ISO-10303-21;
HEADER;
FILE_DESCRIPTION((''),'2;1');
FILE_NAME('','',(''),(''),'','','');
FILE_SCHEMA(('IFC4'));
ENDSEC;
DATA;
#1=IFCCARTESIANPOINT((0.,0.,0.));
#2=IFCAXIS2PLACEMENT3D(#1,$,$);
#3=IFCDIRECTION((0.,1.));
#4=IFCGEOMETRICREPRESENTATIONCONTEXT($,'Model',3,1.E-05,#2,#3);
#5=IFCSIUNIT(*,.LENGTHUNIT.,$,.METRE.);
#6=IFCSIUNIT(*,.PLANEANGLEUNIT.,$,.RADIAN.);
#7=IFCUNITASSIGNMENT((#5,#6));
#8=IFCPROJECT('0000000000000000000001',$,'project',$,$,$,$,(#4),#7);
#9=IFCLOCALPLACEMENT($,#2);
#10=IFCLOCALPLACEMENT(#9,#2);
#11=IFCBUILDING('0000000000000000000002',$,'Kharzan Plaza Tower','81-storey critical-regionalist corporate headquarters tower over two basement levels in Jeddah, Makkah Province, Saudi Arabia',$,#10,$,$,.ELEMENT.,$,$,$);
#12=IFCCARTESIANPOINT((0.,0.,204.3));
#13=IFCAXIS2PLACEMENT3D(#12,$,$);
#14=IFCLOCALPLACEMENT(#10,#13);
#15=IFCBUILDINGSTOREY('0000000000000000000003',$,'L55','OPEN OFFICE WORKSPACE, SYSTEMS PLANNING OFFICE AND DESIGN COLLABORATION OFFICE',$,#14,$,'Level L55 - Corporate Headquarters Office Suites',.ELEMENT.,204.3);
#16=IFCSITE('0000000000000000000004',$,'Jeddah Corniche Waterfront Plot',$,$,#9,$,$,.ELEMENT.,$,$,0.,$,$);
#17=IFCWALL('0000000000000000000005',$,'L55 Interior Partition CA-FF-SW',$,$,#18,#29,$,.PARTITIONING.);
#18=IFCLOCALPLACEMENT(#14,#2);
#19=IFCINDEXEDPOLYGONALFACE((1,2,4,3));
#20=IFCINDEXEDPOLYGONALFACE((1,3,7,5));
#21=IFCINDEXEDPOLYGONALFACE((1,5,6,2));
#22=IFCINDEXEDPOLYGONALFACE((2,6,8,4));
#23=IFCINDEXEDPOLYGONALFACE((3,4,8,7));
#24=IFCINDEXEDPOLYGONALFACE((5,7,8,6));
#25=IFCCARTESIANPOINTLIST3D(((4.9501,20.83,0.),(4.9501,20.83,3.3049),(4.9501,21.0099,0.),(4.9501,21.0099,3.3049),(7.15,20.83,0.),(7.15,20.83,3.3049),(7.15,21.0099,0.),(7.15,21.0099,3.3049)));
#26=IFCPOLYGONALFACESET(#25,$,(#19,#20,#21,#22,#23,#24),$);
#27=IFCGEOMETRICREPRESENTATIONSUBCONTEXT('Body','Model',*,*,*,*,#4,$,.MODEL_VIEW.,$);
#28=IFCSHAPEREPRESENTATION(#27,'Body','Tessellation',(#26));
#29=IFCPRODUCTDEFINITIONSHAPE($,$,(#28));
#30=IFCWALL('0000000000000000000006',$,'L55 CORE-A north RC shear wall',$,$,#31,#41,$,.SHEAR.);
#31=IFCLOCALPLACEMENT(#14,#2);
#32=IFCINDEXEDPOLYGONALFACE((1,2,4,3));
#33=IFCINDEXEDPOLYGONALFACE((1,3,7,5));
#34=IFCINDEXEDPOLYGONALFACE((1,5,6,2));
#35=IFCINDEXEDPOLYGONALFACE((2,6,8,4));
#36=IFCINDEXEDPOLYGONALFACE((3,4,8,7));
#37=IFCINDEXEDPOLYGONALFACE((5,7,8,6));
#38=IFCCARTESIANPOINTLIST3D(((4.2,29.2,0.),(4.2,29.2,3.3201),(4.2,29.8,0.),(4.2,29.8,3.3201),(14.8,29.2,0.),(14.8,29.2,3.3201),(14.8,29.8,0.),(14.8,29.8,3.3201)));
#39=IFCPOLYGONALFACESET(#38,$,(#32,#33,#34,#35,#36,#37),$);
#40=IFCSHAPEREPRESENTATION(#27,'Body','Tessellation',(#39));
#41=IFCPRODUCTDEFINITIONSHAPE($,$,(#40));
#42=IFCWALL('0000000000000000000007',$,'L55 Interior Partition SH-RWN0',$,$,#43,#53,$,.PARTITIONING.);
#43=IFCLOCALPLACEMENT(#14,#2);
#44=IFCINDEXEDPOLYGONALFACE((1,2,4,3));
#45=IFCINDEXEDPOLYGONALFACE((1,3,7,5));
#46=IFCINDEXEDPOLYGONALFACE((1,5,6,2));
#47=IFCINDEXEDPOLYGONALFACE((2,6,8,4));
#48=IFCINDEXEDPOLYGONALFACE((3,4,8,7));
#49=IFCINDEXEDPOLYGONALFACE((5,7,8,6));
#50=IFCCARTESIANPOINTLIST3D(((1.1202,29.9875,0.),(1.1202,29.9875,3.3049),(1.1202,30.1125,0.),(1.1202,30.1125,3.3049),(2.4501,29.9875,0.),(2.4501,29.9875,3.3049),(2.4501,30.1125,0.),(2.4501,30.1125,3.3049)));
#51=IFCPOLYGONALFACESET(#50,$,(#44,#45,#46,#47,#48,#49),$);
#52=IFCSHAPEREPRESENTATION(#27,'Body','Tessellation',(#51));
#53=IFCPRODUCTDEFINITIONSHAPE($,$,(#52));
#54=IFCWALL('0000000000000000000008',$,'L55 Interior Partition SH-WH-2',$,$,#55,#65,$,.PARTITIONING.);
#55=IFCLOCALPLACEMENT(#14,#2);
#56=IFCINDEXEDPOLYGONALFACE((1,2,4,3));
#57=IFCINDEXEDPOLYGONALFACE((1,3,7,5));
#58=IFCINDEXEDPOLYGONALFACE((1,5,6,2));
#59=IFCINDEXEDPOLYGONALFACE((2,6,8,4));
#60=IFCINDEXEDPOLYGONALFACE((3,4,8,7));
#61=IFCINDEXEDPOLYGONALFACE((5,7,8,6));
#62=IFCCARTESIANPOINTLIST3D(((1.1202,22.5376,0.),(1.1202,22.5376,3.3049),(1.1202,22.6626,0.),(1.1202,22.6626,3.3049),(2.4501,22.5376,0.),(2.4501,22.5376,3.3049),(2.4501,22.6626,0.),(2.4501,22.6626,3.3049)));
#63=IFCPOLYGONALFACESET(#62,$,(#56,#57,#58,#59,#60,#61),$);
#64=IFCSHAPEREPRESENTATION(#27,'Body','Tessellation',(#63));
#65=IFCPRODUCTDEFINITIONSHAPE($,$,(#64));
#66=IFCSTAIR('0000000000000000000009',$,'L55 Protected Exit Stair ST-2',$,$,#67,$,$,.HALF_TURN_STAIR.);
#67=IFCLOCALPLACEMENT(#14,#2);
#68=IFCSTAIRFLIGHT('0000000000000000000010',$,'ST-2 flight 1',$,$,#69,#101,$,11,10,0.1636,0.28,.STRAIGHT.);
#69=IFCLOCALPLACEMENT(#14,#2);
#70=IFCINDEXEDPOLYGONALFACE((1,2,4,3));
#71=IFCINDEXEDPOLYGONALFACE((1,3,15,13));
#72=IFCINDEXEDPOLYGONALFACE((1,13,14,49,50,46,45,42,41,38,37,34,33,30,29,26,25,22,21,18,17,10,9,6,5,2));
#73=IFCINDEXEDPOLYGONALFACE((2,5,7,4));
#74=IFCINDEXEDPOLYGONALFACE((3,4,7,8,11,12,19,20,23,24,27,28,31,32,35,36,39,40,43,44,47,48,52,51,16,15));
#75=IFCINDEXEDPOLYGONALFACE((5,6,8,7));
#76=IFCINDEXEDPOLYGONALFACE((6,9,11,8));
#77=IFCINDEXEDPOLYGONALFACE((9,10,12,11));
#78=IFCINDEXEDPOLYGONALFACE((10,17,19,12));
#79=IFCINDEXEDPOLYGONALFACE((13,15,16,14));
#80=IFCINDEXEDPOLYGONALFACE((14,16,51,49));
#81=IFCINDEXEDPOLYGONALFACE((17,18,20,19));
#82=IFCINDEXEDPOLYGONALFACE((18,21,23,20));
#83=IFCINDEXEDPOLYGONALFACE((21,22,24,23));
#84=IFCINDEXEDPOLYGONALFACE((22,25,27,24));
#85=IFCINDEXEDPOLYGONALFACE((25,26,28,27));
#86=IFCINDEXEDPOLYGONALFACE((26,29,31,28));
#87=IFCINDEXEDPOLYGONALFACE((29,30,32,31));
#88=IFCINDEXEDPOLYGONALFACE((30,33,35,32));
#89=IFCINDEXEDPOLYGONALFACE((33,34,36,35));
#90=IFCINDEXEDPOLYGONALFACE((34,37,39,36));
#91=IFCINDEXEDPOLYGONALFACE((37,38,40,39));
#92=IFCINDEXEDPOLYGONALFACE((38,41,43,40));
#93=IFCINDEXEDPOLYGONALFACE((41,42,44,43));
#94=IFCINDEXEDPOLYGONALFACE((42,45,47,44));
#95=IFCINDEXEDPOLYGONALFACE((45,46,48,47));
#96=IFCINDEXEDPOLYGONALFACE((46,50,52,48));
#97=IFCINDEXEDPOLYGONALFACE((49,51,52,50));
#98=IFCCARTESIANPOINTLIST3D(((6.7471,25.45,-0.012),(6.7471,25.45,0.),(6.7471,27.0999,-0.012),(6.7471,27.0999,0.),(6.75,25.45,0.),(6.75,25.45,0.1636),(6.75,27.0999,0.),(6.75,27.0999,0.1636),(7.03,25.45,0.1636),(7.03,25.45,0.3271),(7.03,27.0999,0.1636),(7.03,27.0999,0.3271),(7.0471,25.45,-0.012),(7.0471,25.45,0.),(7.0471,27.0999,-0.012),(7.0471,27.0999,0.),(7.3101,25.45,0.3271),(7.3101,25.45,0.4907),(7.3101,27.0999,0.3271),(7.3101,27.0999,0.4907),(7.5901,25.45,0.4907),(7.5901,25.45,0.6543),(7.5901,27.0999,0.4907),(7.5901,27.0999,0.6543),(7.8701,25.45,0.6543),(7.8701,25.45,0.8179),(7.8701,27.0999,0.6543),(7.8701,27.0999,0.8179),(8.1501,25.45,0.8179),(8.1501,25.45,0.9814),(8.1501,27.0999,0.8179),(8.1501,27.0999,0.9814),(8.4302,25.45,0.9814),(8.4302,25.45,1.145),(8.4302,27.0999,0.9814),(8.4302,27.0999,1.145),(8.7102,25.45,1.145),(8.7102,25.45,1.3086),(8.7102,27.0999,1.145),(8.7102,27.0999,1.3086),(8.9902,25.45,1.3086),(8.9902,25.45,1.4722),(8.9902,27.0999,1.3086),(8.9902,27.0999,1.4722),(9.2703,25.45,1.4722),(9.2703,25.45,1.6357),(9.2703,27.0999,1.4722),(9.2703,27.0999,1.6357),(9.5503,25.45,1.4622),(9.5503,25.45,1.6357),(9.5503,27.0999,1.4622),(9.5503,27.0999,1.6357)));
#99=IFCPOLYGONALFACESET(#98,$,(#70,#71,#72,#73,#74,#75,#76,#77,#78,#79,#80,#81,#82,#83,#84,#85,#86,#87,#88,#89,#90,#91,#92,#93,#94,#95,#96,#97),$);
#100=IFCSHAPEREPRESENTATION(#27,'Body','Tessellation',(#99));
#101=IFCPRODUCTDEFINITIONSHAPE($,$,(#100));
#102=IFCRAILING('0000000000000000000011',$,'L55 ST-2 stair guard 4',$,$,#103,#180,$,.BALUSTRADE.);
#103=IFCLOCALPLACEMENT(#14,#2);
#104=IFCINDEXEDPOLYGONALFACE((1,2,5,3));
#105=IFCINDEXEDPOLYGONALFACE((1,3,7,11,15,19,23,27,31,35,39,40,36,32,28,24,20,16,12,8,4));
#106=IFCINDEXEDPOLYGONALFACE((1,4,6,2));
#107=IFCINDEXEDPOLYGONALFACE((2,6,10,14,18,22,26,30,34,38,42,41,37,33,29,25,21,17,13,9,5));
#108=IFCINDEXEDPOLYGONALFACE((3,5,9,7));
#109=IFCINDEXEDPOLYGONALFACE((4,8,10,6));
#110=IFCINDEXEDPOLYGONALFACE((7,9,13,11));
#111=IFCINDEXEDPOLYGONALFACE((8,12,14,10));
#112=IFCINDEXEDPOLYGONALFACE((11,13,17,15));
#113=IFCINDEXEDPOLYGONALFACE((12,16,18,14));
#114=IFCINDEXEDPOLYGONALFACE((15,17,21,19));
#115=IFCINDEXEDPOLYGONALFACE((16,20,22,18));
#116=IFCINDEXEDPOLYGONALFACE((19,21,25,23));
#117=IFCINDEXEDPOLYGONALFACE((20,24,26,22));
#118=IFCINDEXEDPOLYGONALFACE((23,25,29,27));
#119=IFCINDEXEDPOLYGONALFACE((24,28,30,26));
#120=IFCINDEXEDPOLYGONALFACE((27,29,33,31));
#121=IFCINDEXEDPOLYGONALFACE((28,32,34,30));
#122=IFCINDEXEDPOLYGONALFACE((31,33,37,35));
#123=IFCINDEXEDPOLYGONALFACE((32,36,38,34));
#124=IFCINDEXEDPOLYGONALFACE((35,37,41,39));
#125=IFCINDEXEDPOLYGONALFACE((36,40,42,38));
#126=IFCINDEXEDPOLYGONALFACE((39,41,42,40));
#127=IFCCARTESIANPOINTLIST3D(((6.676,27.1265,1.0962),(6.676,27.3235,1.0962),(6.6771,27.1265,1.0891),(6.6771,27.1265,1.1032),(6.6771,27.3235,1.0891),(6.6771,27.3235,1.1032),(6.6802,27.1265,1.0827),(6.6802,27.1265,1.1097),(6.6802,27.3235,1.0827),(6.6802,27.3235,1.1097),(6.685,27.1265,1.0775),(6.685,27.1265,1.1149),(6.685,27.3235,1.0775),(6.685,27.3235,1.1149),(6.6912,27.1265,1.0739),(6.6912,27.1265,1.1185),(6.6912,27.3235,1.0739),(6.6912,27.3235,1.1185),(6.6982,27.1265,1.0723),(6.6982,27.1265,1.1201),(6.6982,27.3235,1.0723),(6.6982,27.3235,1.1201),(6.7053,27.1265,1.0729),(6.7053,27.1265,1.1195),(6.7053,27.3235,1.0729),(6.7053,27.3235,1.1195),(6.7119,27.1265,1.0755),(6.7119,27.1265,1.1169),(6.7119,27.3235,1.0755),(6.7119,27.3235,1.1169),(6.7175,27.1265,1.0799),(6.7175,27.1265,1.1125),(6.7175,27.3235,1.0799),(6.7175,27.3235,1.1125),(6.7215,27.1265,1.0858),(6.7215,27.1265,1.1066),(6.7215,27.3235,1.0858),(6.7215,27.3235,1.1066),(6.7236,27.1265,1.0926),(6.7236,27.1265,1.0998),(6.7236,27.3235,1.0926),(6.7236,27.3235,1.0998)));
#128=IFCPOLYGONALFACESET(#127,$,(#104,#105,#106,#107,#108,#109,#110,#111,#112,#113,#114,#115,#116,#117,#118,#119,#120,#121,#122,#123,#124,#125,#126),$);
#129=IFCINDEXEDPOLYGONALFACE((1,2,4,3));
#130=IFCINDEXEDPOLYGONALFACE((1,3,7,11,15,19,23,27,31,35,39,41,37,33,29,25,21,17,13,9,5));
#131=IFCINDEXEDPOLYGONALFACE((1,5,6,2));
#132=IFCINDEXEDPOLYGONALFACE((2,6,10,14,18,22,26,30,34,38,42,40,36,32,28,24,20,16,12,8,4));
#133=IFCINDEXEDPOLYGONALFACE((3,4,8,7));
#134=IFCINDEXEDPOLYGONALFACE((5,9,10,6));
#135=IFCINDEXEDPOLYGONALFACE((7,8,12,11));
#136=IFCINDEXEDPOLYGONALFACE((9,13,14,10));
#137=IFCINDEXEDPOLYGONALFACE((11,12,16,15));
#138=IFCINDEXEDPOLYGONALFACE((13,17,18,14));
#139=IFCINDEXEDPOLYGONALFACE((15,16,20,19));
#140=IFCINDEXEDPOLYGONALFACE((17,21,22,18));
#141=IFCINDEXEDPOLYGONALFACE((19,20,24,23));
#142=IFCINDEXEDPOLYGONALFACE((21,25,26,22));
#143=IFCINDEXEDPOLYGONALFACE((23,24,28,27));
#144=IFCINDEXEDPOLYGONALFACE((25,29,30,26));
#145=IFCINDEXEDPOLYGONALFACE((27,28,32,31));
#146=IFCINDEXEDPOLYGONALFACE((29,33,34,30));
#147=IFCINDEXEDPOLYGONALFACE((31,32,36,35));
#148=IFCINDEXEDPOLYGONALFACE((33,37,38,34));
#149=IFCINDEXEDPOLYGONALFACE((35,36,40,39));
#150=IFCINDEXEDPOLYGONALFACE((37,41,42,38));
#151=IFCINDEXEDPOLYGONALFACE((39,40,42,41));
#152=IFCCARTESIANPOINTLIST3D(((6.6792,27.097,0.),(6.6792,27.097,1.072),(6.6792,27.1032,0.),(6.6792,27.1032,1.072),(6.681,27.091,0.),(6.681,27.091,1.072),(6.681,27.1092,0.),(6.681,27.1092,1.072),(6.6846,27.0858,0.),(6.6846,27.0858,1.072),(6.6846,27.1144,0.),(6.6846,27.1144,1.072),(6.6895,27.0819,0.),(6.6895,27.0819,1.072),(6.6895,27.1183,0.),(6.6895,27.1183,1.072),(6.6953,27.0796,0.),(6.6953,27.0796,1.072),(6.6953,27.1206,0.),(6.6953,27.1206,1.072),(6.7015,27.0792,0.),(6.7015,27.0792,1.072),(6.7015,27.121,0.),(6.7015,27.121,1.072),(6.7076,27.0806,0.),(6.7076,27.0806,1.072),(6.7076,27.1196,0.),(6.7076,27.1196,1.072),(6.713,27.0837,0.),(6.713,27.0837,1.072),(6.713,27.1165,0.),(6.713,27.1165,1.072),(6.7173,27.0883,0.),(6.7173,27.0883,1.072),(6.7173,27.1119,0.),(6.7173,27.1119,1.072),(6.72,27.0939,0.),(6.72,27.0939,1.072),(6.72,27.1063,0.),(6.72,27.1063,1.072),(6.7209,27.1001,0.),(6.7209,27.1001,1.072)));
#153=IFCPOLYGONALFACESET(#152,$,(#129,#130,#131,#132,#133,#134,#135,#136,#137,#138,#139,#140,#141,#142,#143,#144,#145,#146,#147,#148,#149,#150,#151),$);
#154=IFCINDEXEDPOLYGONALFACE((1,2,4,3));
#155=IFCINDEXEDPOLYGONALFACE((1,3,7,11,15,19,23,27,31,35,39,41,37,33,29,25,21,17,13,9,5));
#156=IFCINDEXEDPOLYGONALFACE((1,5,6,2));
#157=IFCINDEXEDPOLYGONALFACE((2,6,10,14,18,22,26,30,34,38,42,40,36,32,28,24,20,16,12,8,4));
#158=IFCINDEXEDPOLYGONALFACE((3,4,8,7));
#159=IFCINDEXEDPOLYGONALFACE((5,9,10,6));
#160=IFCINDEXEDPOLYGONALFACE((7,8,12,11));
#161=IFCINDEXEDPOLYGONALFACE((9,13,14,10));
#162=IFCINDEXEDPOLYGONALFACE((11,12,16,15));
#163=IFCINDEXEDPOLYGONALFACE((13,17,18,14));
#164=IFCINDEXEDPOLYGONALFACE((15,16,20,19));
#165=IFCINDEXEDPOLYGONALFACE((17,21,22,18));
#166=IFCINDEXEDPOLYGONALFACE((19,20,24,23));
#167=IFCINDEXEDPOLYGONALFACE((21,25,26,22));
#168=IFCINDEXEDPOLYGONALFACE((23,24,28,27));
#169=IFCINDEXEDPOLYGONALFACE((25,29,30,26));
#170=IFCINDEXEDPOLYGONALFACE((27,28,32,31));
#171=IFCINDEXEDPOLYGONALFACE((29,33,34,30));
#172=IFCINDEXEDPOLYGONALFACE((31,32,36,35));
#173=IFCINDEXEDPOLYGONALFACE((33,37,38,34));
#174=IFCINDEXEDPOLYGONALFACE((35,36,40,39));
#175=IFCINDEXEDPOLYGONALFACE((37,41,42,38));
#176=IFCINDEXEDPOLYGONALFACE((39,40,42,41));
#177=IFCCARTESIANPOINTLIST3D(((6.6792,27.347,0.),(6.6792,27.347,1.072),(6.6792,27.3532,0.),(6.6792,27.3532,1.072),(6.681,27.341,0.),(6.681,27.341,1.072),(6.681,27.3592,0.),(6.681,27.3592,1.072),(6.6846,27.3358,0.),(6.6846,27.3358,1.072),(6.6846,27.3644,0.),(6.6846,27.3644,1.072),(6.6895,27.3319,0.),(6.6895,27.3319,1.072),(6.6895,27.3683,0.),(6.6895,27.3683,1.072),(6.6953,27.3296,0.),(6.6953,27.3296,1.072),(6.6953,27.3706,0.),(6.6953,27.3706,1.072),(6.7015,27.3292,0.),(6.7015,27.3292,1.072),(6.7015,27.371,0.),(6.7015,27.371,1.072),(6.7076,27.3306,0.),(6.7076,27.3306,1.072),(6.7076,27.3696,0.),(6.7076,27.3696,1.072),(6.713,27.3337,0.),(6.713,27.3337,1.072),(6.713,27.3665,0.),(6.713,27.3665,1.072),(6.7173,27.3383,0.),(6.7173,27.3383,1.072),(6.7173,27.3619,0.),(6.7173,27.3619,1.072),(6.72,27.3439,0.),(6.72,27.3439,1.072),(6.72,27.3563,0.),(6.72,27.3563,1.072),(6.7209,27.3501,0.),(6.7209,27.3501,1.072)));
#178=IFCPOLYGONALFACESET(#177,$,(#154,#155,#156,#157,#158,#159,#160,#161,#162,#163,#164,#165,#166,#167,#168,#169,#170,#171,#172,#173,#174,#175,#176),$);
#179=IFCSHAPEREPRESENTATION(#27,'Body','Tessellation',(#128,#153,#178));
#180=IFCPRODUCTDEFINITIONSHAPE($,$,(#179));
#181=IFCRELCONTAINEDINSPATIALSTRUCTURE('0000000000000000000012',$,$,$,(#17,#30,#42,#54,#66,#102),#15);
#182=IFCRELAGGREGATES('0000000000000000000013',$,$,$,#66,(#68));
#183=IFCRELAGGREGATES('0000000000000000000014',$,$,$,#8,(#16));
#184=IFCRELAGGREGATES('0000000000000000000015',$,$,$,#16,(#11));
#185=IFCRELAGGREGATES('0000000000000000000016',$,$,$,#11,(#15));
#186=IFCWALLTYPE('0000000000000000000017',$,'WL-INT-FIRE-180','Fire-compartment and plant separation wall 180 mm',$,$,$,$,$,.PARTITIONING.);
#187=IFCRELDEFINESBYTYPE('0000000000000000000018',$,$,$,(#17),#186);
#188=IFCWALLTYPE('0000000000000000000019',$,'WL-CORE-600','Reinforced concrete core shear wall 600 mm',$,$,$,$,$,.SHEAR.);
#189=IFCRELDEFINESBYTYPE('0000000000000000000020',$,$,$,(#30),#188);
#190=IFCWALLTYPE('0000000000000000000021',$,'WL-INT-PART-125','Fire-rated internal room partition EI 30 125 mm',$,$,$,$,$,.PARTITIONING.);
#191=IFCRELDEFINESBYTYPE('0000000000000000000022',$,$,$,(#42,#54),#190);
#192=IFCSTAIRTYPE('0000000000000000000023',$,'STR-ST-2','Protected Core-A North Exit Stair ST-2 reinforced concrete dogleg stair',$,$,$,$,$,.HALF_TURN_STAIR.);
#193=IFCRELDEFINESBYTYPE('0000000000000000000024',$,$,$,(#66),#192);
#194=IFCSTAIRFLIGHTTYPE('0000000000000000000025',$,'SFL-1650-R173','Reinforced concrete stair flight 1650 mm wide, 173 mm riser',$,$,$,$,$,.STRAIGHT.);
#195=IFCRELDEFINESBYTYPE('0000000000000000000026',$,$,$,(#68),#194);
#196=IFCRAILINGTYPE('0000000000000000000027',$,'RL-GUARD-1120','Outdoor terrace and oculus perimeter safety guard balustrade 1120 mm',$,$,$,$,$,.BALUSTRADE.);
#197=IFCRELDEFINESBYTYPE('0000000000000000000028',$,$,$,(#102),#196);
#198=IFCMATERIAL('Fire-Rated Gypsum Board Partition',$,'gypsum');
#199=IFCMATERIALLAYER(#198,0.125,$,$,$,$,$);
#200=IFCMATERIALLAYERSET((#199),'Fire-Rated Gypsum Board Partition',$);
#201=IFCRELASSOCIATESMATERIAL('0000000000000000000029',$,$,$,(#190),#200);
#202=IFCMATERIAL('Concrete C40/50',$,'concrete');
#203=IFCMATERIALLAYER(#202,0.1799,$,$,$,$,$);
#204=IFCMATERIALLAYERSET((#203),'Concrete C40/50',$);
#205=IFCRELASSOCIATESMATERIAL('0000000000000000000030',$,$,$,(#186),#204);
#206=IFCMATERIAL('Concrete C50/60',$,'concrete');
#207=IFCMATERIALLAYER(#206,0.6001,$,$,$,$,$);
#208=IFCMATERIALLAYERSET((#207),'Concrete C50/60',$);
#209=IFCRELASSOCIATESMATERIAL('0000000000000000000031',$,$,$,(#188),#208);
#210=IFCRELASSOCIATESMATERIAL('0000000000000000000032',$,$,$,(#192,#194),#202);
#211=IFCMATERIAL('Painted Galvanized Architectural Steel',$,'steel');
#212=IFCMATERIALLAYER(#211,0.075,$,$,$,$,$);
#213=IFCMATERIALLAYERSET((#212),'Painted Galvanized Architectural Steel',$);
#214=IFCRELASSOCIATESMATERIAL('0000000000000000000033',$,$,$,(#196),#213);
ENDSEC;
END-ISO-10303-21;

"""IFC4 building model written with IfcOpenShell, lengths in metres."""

from ifc_helpers import new_model, si_unit, direction, frame, frame_2d, origin, origin_2d, place, context, subcontext, project, spatial, polyline, rectangle, circle, outline, extrude, source, transform, mapped, material, layer, layer_set, type_object, element, aggregate, save


model = new_model("IFC4")

# Units and contexts
model_context = context("Model", 3, precision=1e-05, world=origin(), true_north=direction((0.0, 1.0)))
body_context = subcontext(model_context, "Body", "Model", "MODEL_VIEW")
ifc_project = project(units=[si_unit("LENGTHUNIT", "METRE"), si_unit("PLANEANGLEUNIT", "RADIAN")], contexts=[model_context])

# Site, building, storey
site_placement = place(None, origin())
site = spatial("IfcSite", under=ifc_project, at=site_placement, Name="Jeddah Corniche Waterfront Plot", CompositionType="ELEMENT", RefElevation=0.0)
building_placement = place(site_placement, origin())
building = spatial("IfcBuilding", under=site, at=building_placement, Name="Kharzan Plaza Tower", Description="81-storey critical-regionalist corporate headquarters tower over two basement levels in Jeddah, Makkah Province, Saudi Arabia", CompositionType="ELEMENT")
storey_placement = place(building_placement, frame((0.0, 0.0, 204.3)))
storey = spatial("IfcBuildingStorey", under=building, at=storey_placement, Name="L55", Description="OPEN OFFICE WORKSPACE, SYSTEMS PLANNING OFFICE AND DESIGN COLLABORATION OFFICE", LongName="Level L55 - Corporate Headquarters Office Suites", CompositionType="ELEMENT", Elevation=204.3)

# Shared definitions
ifc_material_1 = material(Name="Concrete C50/60", Category="concrete")

# Shared definitions
ifc_material_2 = material(Name="Concrete C40/50", Category="concrete")

# Shared definitions
ifc_material_3 = material(Name="Fire-Rated Gypsum Board Partition", Category="gypsum")
ifc_layer_1 = layer(ifc_material_3, 0.125)
ifc_layer_set_1 = layer_set([ifc_layer_1], Name="Fire-Rated Gypsum Board Partition")
wall_type_1 = type_object("IfcWallType", Name="WL-INT-PART-125", Description="Fire-rated internal room partition EI 30 125 mm", PredefinedType="PARTITIONING", material=ifc_layer_set_1)

# Walls
ifc_layer_2 = layer(ifc_material_2, 0.1799)
ifc_layer_set_2 = layer_set([ifc_layer_2], Name="Concrete C40/50")
wall_type_2 = type_object("IfcWallType", Name="WL-INT-FIRE-180", Description="Fire-compartment and plant separation wall 180 mm", PredefinedType="PARTITIONING", material=ifc_layer_set_2)
shared_shape_1 = source(origin(), body_context, "Body", "SweptSolid", [
    extrude(rectangle(XDim=2.2, YDim=0.1799, at=frame_2d((1.1001, 0.0))), origin(), (0.0, 0.0, 1.0), 3.3049),
])
wall_1_placement = place(storey_placement, frame((4.95, 20.9199, 0.0), z_axis=(0.0, 0.0, 1.0), x_axis=(1.0, 0.0, 0.0)))
element("IfcWall", 1, at=wall_1_placement, inside=storey, type_object=wall_type_2, Name="L55 Interior Partition CA-FF-SW", PredefinedType="PARTITIONING", context=body_context, shape_type="MappedRepresentation", body=[
    mapped(shared_shape_1, transform((0.0, 0.0, 0.0), x_axis=(1.0, 0.0, 0.0), y_axis=(0.0, 1.0, 0.0), z_axis=(0.0, 0.0, 1.0))),
])
ifc_layer_3 = layer(ifc_material_1, 0.6001)
ifc_layer_set_3 = layer_set([ifc_layer_3], Name="Concrete C50/60")
wall_type_3 = type_object("IfcWallType", Name="WL-CORE-600", Description="Reinforced concrete core shear wall 600 mm", PredefinedType="SHEAR", material=ifc_layer_set_3)
shared_shape_2 = source(origin(), body_context, "Body", "SweptSolid", [
    extrude(rectangle(XDim=10.6001, YDim=0.6001, at=frame_2d((5.3, 0.0))), origin(), (0.0, 0.0, 1.0), 3.3201),
])
wall_2_placement = place(storey_placement, frame((4.2, 29.5, 0.0), z_axis=(0.0, 0.0, 1.0), x_axis=(1.0, 0.0, 0.0)))
element("IfcWall", 2, at=wall_2_placement, inside=storey, type_object=wall_type_3, Name="L55 CORE-A north RC shear wall", PredefinedType="SHEAR", context=body_context, shape_type="MappedRepresentation", body=[
    mapped(shared_shape_2, transform((0.0, 0.0, 0.0), x_axis=(1.0, 0.0, 0.0), y_axis=(0.0, 1.0, 0.0), z_axis=(0.0, 0.0, 1.0))),
])
shared_shape_3 = source(origin(), body_context, "Body", "SweptSolid", [
    extrude(rectangle(XDim=1.3298, YDim=0.125, at=frame_2d((0.665, 0.0))), origin(), (0.0, 0.0, 1.0), 3.3049),
])
for number, where, z_axis, x_axis, name in (
    (3, (1.1201, 30.05, 0.0), (0.0, 0.0, 1.0), (1.0, 0.0, 0.0), "L55 Interior Partition SH-RWN0"),
    (4, (1.1201, 22.6001, 0.0), (0.0, 0.0, 1.0), (1.0, 0.0, 0.0), "L55 Interior Partition SH-WH-2"),
):
    element("IfcWall", number, at=place(storey_placement, frame(where, z_axis=z_axis, x_axis=x_axis)), inside=storey, type_object=wall_type_1, Name=name, PredefinedType="PARTITIONING", context=body_context, shape_type="MappedRepresentation", body=[
        mapped(shared_shape_3, transform((0.0, 0.0, 0.0), x_axis=(1.0, 0.0, 0.0), y_axis=(0.0, 1.0, 0.0), z_axis=(0.0, 0.0, 1.0))),
    ])

# Stair, stair flight
stair_type = type_object("IfcStairType", Name="STR-ST-2", Description="Protected Core-A North Exit Stair ST-2 reinforced concrete dogleg stair", PredefinedType="HALF_TURN_STAIR", material=ifc_material_2)
stair_placement = place(storey_placement, origin())
stair = element("IfcStair", 5, at=stair_placement, inside=storey, type_object=stair_type, Name="L55 Protected Exit Stair ST-2", PredefinedType="HALF_TURN_STAIR")
stair_flight_type = type_object("IfcStairFlightType", Name="SFL-1650-R173", Description="Reinforced concrete stair flight 1650 mm wide, 173 mm riser", PredefinedType="STRAIGHT", material=ifc_material_2)
shared_shape_4 = source(origin(), body_context, "Body", "SweptSolid", [
    extrude(outline(polyline([(-0.0029, -0.012), (-0.0029, 0.0), (0.0, 0.0), (0.0, 0.1636), (0.28, 0.1636), (0.28, 0.3271), (0.5601, 0.3271), (0.5601, 0.4907), (0.8401, 0.4907), (0.8401, 0.6543), (1.1201, 0.6543), (1.1201, 0.8179), (1.4001, 0.8179), (1.4001, 0.9814), (1.6802, 0.9814), (1.6802, 1.145), (1.9602, 1.145), (1.9602, 1.3086), (2.2402, 1.3086), (2.2402, 1.4722), (2.5203, 1.4722), (2.5203, 1.6357), (2.8003, 1.6357), (2.8003, 1.7993), (2.8003, 1.4622), (0.2971, 0.0), (0.2971, -0.012), (-0.0029, -0.012)])), frame((0.0, 0.825, 0.0), z_axis=(0.0, -1.0, 0.0), x_axis=(1.0, 0.0, 0.0)), (0.0, 0.0, 1.0), 1.6499),
])
stair_flight_placement = place(storey_placement, frame((6.75, 26.2749, 0.0), z_axis=(0.0, 0.0, 1.0), x_axis=(1.0, 0.0, 0.0)))
stair_flight = element("IfcStairFlight", 6, at=stair_flight_placement, type_object=stair_flight_type, Name="ST-2 flight 1", NumberOfRisers=11, NumberOfTreads=10, PredefinedType="STRAIGHT", RiserHeight=0.1636, TreadLength=0.28, context=body_context, shape_type="MappedRepresentation", body=[
    mapped(shared_shape_4, transform((0.0, 0.0, 0.0), x_axis=(1.0, 0.0, 0.0), y_axis=(0.0, 1.0, 0.0), z_axis=(0.0, 0.0, 1.0))),
])
aggregate(stair, [stair_flight])

# Railing
ifc_material_4 = material(Name="Painted Galvanized Architectural Steel", Category="steel")
ifc_layer_4 = layer(ifc_material_4, 0.075)
ifc_layer_set_4 = layer_set([ifc_layer_4], Name="Painted Galvanized Architectural Steel")
railing_type_1 = type_object("IfcRailingType", Name="RL-GUARD-1120", Description="Outdoor terrace and oculus perimeter safety guard balustrade 1120 mm", PredefinedType="BALUSTRADE", material=ifc_layer_set_4)
shared_shape_5 = source(origin(), body_context, "Body", "SweptSolid", [
    extrude(circle(Radius=0.0239, at=origin_2d()), frame((0.0, 0.0264, 1.0962), z_axis=(0.0, 1.0, 0.0), x_axis=(-1.0, 0.0, 0.0)), (0.0, 0.0, 1.0), 0.197),
    extrude(circle(Radius=0.021, at=origin_2d()), origin(), (0.0, 0.0, 1.0), 1.072),
    extrude(circle(Radius=0.021, at=origin_2d()), frame((0.0, 0.25, 0.0)), (0.0, 0.0, 1.0), 1.072),
])
railing_1_placement = place(storey_placement, frame((6.7, 27.1001, 0.0)))
element("IfcRailing", 7, at=railing_1_placement, inside=storey, type_object=railing_type_1, Name="L55 ST-2 stair guard 4", PredefinedType="BALUSTRADE", context=body_context, shape_type="MappedRepresentation", body=[
    mapped(shared_shape_5, transform((0.0, 0.0, 0.0), x_axis=(1.0, 0.0, 0.0), y_axis=(0.0, 1.0, 0.0), z_axis=(0.0, 0.0, 1.0))),
])

save(model, "model.ifc")
